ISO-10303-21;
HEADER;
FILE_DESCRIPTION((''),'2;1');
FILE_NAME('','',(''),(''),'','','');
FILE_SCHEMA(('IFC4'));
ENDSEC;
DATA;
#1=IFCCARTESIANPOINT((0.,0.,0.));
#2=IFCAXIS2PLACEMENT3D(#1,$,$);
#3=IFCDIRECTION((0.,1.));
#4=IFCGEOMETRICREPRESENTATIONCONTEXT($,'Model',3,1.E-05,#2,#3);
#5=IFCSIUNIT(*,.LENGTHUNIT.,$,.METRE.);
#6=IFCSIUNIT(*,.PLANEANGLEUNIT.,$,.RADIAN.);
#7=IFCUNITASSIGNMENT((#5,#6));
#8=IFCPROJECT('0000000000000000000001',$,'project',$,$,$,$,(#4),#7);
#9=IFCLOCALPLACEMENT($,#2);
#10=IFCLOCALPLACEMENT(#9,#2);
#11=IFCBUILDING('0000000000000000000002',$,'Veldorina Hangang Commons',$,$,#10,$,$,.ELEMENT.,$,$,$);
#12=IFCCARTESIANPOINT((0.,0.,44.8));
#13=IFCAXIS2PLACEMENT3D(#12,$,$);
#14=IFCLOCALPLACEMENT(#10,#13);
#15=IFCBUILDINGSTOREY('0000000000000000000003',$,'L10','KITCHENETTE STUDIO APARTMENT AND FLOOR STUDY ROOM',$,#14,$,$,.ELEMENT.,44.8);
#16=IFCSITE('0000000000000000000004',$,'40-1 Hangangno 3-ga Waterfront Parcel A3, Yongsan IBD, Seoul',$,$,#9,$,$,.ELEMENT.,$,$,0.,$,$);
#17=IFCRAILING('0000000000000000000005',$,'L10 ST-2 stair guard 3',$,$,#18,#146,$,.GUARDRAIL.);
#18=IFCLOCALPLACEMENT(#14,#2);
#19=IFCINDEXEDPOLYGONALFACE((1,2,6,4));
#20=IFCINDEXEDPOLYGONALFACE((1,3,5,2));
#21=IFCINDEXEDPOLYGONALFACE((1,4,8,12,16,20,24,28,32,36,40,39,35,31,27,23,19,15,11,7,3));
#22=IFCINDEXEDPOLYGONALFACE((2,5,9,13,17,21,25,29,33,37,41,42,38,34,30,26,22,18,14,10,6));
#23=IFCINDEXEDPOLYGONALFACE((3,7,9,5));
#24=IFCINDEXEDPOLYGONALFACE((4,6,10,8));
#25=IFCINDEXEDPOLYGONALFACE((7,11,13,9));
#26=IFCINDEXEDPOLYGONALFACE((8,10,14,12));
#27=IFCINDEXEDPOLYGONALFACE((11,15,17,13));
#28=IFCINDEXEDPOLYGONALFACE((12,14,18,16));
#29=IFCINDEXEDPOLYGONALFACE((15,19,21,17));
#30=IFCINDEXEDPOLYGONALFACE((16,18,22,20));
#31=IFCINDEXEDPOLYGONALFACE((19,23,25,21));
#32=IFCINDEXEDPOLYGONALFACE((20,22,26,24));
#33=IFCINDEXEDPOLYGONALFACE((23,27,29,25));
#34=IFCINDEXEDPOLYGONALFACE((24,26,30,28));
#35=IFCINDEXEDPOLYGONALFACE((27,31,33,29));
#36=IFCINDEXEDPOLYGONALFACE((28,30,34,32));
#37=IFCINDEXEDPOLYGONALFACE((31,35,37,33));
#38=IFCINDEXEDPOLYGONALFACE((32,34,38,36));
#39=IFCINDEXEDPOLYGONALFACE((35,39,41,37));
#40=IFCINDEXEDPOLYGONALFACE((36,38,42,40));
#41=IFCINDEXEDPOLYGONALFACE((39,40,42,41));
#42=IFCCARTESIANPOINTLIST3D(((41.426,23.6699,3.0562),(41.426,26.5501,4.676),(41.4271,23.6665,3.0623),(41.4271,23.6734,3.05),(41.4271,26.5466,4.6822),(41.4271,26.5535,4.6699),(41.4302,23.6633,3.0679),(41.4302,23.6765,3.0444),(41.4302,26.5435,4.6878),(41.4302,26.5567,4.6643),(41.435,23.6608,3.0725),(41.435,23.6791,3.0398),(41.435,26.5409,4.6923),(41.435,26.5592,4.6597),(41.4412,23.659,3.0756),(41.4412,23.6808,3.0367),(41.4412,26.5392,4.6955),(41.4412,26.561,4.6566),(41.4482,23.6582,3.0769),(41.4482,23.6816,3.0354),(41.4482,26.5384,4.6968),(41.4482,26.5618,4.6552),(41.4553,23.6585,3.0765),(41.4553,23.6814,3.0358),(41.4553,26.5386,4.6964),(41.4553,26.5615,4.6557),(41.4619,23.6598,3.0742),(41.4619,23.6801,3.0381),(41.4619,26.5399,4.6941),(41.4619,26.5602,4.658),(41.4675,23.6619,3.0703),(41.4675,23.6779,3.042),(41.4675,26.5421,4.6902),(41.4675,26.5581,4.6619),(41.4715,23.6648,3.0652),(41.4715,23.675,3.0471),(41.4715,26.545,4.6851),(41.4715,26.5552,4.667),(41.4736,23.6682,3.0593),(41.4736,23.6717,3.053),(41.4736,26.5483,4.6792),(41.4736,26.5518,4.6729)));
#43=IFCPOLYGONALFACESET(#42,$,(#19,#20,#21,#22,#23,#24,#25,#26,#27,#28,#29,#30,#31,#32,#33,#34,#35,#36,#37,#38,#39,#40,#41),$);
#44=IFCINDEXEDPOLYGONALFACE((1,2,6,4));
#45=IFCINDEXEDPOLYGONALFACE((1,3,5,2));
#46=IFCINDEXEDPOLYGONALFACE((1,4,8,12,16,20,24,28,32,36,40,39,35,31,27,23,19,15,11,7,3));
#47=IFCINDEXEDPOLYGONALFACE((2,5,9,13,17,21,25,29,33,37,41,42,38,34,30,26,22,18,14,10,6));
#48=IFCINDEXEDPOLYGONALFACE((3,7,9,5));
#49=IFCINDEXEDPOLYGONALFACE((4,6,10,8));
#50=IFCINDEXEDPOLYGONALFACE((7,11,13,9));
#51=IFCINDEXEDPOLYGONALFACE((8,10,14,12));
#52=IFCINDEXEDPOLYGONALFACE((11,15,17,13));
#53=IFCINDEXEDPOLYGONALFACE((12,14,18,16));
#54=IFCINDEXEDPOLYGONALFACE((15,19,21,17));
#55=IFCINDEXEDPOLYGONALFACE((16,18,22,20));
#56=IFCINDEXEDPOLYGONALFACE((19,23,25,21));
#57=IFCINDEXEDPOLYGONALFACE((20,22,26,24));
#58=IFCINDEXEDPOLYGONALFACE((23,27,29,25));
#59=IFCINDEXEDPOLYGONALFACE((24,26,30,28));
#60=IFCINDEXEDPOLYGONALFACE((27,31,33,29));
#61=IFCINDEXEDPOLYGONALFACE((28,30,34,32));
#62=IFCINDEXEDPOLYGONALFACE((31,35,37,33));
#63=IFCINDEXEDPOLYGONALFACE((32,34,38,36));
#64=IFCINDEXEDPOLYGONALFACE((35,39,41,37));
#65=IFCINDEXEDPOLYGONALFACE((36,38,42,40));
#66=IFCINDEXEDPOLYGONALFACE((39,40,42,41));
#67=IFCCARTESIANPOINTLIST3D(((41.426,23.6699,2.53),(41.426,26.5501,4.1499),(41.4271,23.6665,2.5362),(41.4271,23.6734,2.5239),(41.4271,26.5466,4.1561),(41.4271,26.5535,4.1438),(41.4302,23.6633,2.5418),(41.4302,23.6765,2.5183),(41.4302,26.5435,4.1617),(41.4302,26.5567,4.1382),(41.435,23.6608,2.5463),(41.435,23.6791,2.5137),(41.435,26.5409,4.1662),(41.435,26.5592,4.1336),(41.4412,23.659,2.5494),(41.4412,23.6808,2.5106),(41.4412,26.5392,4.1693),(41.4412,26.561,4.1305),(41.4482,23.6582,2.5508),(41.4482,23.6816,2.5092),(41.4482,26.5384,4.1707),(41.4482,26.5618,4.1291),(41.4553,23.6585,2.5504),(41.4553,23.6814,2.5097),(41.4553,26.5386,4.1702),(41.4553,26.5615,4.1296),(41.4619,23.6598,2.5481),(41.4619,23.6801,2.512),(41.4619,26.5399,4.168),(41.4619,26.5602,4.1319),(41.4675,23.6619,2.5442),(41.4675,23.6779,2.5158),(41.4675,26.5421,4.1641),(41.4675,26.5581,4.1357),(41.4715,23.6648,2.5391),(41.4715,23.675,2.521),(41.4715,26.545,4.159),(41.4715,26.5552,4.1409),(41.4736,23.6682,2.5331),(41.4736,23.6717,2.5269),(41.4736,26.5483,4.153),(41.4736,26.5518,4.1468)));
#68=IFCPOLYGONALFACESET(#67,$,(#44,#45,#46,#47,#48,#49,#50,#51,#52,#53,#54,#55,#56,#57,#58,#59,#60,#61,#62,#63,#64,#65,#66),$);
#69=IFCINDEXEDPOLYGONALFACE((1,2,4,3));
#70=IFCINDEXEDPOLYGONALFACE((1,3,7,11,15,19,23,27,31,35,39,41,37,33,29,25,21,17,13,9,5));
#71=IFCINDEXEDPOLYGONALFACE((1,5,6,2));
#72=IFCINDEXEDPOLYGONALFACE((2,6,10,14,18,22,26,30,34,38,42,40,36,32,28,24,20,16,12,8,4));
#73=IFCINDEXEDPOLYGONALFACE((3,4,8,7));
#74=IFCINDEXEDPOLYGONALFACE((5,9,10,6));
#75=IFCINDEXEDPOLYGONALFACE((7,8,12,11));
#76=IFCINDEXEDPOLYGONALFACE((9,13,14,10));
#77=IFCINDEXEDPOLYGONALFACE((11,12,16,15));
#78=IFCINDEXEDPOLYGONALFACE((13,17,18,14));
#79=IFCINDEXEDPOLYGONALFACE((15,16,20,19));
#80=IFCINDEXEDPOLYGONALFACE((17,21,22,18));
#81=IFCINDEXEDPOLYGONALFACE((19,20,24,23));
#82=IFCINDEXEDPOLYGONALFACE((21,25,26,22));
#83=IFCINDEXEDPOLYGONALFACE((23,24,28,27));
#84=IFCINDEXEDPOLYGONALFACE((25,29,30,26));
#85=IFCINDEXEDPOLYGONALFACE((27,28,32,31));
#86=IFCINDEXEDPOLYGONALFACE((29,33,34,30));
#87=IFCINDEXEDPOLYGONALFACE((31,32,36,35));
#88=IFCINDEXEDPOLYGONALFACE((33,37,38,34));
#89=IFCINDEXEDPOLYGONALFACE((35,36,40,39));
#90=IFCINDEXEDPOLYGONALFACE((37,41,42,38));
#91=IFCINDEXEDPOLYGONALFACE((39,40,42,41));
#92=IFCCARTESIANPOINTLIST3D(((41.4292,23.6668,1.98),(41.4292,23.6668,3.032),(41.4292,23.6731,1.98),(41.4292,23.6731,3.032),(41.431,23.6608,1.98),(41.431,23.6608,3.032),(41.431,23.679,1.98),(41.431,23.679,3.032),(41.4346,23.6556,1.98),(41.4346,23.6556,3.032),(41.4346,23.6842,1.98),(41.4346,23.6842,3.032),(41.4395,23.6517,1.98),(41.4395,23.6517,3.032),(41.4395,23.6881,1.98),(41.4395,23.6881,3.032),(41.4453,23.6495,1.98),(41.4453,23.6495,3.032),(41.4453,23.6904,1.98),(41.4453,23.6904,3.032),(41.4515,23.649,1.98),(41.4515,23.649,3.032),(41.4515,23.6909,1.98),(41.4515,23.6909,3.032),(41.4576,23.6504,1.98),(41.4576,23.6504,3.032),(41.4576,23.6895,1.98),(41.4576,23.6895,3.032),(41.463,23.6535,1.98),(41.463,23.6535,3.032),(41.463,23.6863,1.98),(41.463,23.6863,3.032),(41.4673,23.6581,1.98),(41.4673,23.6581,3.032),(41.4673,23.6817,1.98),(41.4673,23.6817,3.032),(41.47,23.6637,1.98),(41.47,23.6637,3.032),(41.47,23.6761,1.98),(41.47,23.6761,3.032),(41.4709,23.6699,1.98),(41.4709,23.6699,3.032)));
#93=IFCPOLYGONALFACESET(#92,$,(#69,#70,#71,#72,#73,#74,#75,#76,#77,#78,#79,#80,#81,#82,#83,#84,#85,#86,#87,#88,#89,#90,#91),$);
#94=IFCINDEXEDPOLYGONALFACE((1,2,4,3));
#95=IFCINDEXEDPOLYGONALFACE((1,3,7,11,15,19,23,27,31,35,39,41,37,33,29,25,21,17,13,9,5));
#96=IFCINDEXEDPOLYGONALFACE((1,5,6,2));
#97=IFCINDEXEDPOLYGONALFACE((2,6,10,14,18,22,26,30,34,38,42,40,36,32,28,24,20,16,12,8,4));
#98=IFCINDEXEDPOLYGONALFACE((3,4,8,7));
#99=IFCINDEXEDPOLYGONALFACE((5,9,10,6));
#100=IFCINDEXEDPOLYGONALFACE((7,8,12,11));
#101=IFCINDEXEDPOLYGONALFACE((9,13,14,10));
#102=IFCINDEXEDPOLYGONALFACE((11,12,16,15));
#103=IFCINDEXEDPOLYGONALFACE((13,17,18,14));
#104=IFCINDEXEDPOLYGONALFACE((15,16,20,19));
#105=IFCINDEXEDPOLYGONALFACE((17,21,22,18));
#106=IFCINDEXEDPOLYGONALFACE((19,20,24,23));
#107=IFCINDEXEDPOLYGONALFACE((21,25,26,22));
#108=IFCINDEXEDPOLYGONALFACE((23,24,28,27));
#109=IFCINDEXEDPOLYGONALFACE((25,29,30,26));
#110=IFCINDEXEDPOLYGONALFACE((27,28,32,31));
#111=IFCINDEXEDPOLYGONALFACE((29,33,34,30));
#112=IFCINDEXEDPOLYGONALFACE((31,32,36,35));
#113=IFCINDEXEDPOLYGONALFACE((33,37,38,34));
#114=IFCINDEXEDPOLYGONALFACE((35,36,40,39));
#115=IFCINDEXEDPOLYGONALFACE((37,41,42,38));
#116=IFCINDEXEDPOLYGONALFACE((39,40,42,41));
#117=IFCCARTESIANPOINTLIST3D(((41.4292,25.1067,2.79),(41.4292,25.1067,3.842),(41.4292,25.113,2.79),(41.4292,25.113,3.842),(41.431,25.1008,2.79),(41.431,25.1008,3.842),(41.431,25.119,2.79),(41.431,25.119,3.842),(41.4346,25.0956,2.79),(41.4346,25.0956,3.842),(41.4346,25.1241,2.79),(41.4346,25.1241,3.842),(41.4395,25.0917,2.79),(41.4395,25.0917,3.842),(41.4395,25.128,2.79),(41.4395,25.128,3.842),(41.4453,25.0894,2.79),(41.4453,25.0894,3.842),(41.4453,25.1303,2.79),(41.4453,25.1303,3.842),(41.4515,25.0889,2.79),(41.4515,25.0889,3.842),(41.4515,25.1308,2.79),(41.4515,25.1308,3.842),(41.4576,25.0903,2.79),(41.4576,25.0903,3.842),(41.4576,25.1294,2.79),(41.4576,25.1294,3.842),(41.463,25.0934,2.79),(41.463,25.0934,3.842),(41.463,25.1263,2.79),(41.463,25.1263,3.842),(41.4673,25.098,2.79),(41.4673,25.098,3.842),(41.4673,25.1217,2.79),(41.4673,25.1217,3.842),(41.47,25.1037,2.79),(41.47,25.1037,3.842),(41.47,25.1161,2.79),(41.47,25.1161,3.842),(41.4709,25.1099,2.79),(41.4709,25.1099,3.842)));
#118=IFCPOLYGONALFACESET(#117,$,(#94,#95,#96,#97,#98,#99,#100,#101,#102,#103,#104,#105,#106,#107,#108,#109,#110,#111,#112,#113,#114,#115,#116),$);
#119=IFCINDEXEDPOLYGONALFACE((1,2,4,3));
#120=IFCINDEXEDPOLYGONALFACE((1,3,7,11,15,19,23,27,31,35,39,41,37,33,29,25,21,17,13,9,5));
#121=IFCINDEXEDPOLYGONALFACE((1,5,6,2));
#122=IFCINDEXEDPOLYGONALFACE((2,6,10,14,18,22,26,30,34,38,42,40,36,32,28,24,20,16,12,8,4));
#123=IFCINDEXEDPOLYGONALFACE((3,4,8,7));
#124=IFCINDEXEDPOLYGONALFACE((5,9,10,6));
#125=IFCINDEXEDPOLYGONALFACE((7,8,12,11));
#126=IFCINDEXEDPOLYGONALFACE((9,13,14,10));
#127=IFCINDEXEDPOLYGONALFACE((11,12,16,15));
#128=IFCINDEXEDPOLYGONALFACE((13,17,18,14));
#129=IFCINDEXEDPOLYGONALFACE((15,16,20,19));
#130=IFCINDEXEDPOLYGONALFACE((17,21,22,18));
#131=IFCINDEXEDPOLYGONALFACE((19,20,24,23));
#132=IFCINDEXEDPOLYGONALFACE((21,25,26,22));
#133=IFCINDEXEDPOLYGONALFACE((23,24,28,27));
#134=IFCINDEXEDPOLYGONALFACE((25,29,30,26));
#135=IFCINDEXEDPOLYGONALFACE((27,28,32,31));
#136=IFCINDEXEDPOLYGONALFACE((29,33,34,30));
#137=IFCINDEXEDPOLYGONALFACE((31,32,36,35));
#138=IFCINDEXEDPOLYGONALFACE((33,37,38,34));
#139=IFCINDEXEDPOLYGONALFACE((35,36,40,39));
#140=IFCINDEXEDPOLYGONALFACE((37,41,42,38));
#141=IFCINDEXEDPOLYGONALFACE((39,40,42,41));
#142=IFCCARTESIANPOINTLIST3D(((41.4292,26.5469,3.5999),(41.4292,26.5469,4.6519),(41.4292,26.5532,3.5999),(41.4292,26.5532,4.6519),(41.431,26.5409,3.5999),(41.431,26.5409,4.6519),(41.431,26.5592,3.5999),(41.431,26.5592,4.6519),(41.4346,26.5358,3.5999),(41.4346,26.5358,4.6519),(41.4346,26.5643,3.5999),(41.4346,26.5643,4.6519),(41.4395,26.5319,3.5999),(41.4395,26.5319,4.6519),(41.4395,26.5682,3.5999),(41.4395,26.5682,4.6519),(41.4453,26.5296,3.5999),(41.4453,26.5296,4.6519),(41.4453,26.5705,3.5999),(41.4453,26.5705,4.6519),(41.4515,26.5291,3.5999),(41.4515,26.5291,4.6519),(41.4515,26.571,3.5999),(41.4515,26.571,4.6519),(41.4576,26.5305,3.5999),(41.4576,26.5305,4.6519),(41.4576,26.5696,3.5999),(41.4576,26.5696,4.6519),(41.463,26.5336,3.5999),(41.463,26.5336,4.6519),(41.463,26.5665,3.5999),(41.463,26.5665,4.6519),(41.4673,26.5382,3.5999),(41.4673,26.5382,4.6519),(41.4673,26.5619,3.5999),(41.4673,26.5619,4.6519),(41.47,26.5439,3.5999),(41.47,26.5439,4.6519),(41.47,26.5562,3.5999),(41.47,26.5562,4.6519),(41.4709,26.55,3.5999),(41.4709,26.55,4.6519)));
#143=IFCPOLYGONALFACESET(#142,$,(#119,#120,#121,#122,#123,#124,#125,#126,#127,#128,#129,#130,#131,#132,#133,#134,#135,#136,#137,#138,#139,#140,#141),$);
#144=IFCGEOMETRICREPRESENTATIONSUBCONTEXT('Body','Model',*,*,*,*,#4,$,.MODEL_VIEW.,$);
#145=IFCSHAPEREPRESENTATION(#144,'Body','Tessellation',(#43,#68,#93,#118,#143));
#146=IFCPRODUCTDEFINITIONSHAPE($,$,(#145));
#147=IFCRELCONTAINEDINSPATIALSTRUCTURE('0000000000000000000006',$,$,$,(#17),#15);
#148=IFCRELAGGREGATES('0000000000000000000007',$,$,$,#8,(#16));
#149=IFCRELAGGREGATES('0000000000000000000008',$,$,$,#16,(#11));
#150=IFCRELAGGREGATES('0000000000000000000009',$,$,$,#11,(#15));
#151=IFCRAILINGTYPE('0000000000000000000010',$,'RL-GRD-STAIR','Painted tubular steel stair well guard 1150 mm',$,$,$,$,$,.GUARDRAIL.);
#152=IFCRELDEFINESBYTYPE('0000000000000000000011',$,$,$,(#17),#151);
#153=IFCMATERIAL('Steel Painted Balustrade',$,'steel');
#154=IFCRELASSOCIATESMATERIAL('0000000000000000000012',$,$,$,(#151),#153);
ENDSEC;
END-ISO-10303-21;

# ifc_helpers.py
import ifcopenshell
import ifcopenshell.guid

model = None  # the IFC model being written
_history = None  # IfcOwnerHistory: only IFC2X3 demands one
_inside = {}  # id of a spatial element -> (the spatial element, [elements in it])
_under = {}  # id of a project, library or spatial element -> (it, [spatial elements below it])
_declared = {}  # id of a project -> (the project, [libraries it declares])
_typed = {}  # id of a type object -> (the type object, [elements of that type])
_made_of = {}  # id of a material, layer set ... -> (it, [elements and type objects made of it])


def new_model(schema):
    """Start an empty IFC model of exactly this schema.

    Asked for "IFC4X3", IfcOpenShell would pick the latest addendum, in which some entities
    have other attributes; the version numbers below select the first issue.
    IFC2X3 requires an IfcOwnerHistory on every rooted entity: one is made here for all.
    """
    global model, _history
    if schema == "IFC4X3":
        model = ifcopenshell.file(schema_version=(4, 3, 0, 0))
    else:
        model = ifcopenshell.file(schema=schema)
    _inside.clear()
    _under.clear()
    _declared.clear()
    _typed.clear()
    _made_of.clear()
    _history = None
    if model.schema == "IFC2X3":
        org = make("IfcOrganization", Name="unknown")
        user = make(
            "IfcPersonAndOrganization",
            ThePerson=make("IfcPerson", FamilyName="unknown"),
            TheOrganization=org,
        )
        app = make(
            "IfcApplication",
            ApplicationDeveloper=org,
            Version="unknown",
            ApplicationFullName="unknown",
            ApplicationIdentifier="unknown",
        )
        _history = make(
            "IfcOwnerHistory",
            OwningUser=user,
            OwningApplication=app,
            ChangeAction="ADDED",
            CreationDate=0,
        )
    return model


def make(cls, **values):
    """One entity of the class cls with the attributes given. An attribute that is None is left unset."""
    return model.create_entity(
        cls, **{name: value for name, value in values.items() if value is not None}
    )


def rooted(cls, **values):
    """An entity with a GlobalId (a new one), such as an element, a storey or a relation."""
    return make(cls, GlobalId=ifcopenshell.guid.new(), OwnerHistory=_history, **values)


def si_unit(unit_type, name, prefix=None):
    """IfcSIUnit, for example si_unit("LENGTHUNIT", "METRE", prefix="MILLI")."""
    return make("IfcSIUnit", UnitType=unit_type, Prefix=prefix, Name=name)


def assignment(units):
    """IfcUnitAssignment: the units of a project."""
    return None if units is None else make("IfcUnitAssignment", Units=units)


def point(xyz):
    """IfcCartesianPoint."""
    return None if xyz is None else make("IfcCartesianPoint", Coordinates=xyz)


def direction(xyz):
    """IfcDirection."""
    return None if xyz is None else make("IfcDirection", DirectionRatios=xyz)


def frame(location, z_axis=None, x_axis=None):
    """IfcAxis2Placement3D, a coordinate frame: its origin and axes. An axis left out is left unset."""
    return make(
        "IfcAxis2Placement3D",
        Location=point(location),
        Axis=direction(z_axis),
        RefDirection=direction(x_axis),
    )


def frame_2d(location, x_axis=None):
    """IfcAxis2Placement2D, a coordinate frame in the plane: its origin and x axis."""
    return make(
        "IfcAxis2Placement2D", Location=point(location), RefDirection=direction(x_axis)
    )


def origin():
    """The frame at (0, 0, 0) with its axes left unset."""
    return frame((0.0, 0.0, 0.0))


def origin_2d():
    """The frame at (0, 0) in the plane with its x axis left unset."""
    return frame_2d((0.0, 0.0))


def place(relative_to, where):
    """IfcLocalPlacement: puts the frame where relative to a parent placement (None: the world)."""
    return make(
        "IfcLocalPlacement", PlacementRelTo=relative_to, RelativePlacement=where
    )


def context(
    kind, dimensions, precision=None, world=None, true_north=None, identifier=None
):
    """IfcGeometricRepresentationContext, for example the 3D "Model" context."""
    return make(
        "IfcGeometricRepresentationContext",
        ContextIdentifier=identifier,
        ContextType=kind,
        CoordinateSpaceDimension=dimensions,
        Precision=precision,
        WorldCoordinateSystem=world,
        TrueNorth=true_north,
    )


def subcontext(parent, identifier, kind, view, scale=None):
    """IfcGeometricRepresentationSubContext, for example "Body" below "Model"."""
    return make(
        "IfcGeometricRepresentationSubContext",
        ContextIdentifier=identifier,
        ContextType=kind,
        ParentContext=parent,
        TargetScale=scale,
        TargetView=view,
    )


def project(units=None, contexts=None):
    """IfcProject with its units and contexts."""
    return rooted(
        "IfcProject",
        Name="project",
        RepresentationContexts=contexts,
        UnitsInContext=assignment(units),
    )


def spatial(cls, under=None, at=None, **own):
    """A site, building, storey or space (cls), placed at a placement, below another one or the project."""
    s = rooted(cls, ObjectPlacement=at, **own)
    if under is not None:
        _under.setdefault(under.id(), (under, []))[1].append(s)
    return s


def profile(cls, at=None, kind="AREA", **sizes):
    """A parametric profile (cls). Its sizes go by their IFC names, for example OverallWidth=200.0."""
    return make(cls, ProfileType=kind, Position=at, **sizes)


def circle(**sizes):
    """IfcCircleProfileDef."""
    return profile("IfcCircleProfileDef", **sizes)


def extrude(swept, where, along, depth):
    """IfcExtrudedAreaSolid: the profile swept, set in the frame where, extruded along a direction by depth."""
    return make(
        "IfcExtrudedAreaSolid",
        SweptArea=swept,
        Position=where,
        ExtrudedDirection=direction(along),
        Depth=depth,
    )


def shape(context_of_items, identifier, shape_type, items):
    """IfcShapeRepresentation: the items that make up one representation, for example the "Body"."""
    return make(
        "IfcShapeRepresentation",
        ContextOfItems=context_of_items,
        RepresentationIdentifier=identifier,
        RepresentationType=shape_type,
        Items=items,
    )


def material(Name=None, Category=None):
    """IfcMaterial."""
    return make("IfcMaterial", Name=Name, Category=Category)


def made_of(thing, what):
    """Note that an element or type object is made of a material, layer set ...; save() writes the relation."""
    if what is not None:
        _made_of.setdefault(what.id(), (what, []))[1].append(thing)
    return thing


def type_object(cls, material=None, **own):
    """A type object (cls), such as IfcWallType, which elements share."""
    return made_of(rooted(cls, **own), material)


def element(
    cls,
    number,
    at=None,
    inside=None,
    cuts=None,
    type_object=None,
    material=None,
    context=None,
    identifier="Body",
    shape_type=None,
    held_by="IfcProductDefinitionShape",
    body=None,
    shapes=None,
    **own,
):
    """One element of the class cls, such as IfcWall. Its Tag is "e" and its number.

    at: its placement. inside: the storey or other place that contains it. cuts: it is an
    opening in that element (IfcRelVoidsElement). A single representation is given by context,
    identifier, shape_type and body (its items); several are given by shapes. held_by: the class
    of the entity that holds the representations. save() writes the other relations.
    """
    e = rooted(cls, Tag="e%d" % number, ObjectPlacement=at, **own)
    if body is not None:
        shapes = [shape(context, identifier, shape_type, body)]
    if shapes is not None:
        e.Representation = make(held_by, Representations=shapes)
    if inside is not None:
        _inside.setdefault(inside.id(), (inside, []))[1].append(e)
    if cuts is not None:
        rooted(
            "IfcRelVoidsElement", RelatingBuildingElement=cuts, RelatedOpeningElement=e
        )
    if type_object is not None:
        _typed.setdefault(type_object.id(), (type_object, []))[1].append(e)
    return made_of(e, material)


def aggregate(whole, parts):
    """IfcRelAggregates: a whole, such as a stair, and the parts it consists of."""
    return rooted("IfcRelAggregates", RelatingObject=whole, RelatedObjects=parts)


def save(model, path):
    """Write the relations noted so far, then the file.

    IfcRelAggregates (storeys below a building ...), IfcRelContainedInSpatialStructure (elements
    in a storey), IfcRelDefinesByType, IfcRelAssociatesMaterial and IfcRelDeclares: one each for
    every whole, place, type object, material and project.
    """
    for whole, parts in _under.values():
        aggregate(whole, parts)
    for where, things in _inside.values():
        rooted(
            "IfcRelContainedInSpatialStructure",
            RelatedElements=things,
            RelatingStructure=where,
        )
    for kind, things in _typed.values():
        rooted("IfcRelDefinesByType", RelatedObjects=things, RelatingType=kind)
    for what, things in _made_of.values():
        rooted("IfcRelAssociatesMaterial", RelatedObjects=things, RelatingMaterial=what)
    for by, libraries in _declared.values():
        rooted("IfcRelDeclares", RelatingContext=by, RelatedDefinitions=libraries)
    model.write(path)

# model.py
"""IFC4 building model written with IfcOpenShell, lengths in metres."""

from ifc_helpers import new_model, si_unit, direction, frame, origin, origin_2d, place, context, subcontext, project, spatial, circle, extrude, material, type_object, element, save


model = new_model("IFC4")

# Units and contexts
model_context = context("Model", 3, precision=1e-05, world=origin(), true_north=direction((0.0, 1.0)))
body_context = subcontext(model_context, "Body", "Model", "MODEL_VIEW")
ifc_project = project(units=[si_unit("LENGTHUNIT", "METRE"), si_unit("PLANEANGLEUNIT", "RADIAN")], contexts=[model_context])

# Site, building, storey
site_placement = place(None, origin())
site = spatial("IfcSite", under=ifc_project, at=site_placement, Name="40-1 Hangangno 3-ga Waterfront Parcel A3, Yongsan IBD, Seoul", CompositionType="ELEMENT", RefElevation=0.0)
building_placement = place(site_placement, origin())
building = spatial("IfcBuilding", under=site, at=building_placement, Name="Veldorina Hangang Commons", CompositionType="ELEMENT")
storey_placement = place(building_placement, frame((0.0, 0.0, 44.8)))
storey = spatial("IfcBuildingStorey", under=building, at=storey_placement, Name="L10", Description="KITCHENETTE STUDIO APARTMENT AND FLOOR STUDY ROOM", CompositionType="ELEMENT", Elevation=44.8)

# Railing
ifc_material_1 = material(Name="Steel Painted Balustrade", Category="steel")
railing_type_1 = type_object("IfcRailingType", Name="RL-GRD-STAIR", Description="Painted tubular steel stair well guard 1150 mm", PredefinedType="GUARDRAIL", material=ifc_material_1)
railing_1_placement = place(storey_placement, frame((41.45, 23.6699, 1.98)))
element("IfcRailing", 1, at=railing_1_placement, inside=storey, type_object=railing_type_1, Name="L10 ST-2 stair guard 3", PredefinedType="GUARDRAIL", context=body_context, shape_type="SweptSolid", body=[
    extrude(circle(Radius=0.0239, at=origin_2d()), frame((0.0, 0.0, 1.0762), z_axis=(0.0, 0.871601, 0.490216), x_axis=(-1.0, 0.0, 0.0)), (0.0, 0.0, 1.0), 3.3044),
    extrude(circle(Radius=0.0239, at=origin_2d()), frame((0.0, 0.0, 0.55), z_axis=(0.0, 0.871601, 0.490216), x_axis=(-1.0, 0.0, 0.0)), (0.0, 0.0, 1.0), 3.3044),
    extrude(circle(Radius=0.021, at=origin_2d()), origin(), (0.0, 0.0, 1.0), 1.052),
    extrude(circle(Radius=0.021, at=origin_2d()), frame((0.0, 1.4399, 0.8101)), (0.0, 0.0, 1.0), 1.052),
    extrude(circle(Radius=0.021, at=origin_2d()), frame((0.0, 2.8801, 1.6199)), (0.0, 0.0, 1.0), 1.052),
])

save(model, "model.ifc")
